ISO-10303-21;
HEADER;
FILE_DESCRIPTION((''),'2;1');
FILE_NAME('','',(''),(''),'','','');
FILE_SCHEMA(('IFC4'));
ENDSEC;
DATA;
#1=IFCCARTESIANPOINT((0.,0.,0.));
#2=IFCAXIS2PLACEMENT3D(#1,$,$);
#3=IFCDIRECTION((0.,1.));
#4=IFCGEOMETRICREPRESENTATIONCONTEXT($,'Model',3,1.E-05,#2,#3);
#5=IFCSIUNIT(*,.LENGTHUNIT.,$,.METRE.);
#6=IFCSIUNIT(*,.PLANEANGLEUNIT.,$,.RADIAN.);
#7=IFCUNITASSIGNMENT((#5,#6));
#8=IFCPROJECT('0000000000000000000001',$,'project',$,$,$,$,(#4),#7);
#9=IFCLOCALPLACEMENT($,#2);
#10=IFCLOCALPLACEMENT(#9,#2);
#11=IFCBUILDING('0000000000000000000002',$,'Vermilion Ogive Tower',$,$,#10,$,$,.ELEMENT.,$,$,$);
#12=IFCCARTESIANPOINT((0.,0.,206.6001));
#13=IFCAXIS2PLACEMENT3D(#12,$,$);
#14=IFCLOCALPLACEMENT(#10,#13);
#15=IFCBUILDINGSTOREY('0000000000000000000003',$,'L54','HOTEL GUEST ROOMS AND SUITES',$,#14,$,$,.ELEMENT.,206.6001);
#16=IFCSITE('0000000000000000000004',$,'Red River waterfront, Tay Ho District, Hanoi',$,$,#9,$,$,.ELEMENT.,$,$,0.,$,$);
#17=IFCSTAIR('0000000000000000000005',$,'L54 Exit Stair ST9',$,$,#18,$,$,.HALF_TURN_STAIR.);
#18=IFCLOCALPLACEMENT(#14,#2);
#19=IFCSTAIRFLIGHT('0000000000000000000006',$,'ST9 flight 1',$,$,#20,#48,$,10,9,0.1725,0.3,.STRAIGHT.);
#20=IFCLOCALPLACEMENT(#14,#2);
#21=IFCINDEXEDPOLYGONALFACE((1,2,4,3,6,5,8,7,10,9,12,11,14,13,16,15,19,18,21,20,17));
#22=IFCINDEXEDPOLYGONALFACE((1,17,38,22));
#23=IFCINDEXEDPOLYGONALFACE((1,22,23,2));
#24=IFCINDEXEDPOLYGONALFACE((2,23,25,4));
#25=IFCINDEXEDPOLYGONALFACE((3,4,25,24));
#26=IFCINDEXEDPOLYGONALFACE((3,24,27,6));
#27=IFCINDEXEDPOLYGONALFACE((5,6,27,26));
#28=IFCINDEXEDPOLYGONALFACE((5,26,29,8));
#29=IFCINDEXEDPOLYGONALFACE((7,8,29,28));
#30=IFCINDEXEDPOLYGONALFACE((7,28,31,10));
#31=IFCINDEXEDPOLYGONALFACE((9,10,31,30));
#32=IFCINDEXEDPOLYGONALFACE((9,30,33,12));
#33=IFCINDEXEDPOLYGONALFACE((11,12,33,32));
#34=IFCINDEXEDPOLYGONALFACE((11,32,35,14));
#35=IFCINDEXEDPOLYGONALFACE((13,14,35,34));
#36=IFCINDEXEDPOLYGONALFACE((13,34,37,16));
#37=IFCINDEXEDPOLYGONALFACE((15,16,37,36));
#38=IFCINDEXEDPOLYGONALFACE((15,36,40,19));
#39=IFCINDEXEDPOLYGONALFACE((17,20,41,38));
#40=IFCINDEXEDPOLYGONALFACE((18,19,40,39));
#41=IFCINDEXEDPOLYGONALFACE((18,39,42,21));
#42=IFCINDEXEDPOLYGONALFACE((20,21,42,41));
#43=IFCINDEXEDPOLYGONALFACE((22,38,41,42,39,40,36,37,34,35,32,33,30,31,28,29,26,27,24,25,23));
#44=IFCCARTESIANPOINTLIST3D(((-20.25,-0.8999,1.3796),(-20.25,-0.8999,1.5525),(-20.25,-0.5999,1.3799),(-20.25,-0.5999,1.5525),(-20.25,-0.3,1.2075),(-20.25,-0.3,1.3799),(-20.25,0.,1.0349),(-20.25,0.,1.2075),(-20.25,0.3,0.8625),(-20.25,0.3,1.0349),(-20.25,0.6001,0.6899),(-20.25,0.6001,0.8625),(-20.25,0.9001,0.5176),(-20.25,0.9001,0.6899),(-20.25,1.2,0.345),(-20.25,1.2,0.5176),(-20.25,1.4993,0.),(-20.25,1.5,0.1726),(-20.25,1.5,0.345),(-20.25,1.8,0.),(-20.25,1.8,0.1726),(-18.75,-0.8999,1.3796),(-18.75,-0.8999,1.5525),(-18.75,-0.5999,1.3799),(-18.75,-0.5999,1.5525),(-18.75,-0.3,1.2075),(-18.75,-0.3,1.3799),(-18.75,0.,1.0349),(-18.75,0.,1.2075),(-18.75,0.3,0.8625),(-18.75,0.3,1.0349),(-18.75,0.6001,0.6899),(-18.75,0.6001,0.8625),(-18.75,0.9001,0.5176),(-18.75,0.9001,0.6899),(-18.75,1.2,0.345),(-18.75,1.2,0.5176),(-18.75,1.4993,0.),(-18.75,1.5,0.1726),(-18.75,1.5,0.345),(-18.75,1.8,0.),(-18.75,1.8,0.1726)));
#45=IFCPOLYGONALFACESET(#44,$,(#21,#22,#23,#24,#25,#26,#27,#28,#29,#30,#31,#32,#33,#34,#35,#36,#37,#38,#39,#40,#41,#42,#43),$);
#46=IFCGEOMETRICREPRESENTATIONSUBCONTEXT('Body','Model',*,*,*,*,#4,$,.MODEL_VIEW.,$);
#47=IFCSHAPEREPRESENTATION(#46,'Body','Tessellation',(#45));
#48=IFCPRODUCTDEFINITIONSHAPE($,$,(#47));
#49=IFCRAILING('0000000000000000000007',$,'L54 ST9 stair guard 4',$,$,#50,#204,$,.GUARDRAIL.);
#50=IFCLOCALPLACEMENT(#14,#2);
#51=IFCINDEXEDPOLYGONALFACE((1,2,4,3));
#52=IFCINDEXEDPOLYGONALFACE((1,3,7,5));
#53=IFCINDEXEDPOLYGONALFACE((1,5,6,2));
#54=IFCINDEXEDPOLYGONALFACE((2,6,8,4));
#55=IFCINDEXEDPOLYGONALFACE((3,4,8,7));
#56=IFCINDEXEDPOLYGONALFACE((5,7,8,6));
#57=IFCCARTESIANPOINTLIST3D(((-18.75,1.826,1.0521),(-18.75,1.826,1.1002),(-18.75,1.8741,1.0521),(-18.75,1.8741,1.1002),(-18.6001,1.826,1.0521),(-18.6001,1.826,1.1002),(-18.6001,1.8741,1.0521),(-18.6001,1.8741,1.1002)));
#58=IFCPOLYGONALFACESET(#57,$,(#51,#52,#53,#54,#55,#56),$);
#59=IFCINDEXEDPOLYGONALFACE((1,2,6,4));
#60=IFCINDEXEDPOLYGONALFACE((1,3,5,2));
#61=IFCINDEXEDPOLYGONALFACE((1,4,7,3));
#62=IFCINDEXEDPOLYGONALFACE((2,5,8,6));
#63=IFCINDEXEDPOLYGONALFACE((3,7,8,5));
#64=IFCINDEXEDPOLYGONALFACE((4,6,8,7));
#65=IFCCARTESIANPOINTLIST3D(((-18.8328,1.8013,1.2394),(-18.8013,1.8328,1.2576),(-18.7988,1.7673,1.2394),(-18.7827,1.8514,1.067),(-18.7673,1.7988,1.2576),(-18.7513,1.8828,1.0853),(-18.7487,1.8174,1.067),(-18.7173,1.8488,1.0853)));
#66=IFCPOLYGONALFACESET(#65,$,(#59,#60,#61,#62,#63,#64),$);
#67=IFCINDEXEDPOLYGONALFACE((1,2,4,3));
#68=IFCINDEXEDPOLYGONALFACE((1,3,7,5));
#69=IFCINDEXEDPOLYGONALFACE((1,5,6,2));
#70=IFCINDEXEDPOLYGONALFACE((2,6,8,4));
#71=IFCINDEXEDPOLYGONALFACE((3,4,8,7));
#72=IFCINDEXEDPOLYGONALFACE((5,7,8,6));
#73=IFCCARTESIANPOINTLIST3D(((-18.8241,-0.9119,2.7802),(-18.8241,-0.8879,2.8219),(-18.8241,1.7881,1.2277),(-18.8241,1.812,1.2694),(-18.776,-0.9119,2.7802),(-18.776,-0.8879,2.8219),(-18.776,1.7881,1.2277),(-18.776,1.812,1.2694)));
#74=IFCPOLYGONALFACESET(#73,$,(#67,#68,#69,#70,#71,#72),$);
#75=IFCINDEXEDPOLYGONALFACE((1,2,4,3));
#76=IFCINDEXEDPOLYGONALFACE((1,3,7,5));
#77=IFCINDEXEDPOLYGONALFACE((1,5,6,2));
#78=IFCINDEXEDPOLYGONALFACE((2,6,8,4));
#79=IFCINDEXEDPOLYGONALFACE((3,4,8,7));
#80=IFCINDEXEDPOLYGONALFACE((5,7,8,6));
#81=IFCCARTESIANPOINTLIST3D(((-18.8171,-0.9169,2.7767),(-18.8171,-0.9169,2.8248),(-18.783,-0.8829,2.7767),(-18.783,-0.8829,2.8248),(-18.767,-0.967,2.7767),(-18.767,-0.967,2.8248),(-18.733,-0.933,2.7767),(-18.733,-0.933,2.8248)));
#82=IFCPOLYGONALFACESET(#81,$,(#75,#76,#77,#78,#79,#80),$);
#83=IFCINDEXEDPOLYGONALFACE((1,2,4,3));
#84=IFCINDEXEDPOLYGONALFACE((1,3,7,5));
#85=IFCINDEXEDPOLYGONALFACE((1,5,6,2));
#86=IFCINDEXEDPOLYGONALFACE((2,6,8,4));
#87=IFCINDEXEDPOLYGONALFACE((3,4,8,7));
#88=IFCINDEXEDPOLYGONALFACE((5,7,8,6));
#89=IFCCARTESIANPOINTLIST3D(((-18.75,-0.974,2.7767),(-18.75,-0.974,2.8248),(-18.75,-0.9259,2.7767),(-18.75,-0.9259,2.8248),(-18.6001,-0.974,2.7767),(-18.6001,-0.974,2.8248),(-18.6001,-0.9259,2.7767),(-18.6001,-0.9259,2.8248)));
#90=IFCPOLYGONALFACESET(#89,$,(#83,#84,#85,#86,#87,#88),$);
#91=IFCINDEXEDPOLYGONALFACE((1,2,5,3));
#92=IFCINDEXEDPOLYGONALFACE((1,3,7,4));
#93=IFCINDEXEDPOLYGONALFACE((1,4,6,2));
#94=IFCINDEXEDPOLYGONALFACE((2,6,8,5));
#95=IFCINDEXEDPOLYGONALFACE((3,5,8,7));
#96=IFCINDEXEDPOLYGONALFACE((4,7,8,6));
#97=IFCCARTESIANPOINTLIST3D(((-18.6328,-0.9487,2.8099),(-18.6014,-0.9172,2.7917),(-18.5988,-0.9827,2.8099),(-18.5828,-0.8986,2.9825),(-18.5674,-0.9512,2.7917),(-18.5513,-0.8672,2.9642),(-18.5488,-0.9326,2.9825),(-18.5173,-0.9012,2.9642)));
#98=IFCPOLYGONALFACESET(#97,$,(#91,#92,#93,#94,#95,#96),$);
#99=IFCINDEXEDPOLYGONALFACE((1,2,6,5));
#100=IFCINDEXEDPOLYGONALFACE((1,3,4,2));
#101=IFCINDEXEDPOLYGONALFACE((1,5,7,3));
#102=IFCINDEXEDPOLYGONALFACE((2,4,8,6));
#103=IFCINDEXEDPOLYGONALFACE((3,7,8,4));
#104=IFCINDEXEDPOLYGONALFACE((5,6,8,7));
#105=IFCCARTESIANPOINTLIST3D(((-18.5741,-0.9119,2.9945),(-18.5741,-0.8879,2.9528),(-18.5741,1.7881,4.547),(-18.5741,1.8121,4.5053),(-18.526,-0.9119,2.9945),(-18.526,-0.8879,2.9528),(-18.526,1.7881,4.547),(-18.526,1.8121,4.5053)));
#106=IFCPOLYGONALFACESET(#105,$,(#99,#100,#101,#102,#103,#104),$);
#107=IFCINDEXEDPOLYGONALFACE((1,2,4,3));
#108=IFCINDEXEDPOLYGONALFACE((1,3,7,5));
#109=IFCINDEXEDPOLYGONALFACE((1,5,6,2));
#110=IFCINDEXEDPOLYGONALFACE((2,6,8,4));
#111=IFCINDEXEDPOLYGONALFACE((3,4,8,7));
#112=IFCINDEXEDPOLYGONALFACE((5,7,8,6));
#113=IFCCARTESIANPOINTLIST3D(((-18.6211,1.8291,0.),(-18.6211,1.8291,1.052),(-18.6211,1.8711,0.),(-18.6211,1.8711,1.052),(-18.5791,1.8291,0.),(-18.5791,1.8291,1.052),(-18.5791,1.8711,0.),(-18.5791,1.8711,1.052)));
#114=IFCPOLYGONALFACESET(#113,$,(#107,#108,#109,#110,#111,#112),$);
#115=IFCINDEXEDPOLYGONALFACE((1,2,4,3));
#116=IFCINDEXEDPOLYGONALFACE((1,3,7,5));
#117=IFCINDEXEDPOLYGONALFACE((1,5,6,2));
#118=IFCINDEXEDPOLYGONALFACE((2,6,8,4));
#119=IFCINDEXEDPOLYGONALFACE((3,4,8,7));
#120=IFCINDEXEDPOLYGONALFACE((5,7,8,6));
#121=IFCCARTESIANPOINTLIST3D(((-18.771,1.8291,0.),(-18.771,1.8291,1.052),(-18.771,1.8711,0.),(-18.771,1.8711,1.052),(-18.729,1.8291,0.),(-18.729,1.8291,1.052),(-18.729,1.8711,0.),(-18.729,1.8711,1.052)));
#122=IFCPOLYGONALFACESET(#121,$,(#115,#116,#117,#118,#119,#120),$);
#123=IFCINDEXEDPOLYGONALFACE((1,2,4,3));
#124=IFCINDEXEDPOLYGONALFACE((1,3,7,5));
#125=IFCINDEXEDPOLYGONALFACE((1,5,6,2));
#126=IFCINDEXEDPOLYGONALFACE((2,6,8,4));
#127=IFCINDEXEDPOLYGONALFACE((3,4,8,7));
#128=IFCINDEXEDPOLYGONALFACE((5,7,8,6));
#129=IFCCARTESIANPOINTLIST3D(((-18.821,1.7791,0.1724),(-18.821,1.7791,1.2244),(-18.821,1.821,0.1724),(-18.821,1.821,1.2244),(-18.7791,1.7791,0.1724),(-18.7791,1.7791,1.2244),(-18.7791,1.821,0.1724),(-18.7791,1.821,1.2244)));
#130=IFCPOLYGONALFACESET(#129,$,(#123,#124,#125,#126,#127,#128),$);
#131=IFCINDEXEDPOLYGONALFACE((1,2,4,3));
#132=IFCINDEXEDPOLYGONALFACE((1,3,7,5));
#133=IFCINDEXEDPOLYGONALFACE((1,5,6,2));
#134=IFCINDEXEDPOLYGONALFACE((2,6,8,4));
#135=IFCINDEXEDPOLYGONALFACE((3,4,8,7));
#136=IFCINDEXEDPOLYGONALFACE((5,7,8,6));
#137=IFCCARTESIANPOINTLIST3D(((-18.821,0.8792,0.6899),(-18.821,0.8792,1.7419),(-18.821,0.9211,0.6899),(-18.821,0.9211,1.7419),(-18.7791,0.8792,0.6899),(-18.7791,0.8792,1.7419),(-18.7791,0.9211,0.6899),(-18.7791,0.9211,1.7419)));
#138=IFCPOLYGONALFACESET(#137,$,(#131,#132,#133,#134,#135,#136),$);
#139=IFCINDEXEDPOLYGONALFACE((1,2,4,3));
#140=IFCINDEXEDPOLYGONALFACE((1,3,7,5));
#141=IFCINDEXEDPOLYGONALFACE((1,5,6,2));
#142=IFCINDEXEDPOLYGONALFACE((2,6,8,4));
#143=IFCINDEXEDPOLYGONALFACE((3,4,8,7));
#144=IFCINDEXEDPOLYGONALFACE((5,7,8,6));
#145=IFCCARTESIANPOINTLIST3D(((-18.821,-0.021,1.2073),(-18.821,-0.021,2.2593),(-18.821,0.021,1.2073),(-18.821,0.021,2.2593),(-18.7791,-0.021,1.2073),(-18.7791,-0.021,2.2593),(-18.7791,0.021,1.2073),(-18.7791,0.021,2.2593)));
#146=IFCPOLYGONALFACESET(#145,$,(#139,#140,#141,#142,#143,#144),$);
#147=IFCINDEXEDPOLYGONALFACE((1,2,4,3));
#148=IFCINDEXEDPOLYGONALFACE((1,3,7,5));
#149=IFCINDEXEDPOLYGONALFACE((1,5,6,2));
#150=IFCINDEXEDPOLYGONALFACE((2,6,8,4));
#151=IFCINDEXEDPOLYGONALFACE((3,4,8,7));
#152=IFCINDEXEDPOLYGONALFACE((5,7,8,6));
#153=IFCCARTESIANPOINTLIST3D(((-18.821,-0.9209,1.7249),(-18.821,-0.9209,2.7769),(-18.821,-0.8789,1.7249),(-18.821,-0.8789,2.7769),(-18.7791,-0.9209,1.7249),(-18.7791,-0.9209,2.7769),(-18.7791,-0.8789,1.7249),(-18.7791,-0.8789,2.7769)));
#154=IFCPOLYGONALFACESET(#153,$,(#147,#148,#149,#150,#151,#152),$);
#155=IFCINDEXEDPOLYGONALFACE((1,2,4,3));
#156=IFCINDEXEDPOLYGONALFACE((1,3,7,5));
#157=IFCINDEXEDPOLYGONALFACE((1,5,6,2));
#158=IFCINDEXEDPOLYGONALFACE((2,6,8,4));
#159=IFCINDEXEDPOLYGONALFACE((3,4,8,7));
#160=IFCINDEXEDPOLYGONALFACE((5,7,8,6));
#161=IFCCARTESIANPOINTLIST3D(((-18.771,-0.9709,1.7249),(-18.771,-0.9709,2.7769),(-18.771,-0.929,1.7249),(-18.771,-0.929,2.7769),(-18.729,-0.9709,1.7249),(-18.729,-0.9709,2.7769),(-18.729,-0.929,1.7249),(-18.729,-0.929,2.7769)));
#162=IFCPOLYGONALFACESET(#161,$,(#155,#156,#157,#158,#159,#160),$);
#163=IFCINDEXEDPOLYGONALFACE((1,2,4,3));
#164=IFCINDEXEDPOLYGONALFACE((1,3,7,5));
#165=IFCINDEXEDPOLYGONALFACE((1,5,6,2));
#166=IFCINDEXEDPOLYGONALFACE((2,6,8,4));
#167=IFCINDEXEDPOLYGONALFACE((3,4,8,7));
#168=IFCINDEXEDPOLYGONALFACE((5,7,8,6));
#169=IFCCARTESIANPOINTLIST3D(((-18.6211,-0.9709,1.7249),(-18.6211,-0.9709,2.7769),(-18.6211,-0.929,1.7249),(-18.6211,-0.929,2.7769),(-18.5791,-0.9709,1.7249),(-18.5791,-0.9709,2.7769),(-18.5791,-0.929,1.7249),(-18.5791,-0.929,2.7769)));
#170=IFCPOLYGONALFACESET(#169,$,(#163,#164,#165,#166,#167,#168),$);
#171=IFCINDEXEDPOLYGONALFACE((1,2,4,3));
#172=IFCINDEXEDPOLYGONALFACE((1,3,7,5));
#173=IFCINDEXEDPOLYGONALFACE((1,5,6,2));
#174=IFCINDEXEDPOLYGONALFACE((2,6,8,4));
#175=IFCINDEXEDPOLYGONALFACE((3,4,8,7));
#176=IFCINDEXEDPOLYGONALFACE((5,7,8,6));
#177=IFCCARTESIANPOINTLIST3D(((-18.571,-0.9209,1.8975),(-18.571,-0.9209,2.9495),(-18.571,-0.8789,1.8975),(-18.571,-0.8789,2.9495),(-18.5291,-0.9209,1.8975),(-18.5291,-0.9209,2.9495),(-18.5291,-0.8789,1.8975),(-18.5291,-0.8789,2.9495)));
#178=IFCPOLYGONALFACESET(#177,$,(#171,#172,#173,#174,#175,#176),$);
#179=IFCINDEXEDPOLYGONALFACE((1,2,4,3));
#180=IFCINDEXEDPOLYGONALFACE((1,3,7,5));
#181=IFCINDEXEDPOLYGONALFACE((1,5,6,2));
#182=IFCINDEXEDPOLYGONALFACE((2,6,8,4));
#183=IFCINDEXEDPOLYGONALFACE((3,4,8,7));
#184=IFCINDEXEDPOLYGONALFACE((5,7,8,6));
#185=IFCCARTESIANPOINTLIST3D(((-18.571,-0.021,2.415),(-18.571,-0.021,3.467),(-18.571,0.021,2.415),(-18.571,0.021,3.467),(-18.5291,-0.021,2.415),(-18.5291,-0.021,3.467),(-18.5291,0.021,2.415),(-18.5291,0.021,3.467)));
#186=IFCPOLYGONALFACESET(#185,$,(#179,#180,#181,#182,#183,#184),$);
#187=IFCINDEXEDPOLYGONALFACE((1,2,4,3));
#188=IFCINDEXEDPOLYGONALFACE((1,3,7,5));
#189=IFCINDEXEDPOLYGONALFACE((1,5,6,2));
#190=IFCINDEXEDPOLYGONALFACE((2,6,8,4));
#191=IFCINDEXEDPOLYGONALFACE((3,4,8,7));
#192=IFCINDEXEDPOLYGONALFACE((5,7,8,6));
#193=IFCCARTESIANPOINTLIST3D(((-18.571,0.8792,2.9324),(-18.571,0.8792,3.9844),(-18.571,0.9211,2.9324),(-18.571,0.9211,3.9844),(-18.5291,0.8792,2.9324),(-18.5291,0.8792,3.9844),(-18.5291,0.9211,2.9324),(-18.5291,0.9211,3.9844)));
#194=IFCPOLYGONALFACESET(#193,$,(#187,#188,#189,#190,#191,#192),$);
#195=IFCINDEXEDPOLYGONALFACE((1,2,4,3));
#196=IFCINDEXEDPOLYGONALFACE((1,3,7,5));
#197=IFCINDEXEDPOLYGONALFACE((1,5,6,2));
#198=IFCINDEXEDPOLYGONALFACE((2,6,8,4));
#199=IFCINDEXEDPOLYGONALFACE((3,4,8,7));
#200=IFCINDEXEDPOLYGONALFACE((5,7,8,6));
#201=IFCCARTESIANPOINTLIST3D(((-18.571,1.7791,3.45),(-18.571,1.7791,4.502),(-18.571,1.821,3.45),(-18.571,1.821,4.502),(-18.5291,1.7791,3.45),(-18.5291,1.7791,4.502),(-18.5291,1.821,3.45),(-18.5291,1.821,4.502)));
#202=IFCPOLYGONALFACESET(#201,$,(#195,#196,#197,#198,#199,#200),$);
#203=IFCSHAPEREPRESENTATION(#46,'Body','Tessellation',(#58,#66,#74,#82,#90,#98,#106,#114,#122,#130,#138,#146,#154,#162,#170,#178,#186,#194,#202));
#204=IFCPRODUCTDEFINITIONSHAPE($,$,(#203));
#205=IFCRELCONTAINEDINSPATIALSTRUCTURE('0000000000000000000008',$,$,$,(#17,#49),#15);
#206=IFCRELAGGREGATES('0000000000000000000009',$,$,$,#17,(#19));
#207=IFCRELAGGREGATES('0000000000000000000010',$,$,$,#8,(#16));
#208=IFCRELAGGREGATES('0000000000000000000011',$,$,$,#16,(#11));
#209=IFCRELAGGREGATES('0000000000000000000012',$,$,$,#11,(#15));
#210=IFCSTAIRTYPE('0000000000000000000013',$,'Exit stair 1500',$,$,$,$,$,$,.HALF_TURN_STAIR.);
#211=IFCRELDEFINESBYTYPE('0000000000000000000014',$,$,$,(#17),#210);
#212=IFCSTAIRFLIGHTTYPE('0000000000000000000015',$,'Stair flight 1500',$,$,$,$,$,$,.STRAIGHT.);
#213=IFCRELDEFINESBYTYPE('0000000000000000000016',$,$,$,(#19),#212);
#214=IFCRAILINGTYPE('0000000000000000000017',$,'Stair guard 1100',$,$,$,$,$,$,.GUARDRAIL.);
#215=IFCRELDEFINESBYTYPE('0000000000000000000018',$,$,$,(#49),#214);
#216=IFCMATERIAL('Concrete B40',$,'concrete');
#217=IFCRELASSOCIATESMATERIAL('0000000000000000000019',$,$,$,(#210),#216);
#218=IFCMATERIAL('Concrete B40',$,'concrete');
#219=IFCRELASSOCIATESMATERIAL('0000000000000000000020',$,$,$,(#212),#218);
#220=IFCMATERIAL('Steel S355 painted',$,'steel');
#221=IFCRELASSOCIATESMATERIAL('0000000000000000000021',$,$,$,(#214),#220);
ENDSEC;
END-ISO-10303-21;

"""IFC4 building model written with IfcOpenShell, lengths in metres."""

from ifc_helpers import new_model, si_unit, direction, frame, origin, origin_2d, place, context, subcontext, project, spatial, polyline, rectangle, outline, extrude, material, type_object, element, aggregate, save


model = new_model("IFC4")

# Units and contexts
model_context = context("Model", 3, precision=1e-05, world=origin(), true_north=direction((0.0, 1.0)))
body_context = subcontext(model_context, "Body", "Model", "MODEL_VIEW")
ifc_project = project(units=[si_unit("LENGTHUNIT", "METRE"), si_unit("PLANEANGLEUNIT", "RADIAN")], contexts=[model_context])

# Site, building, storey
site_placement = place(None, origin())
site = spatial("IfcSite", under=ifc_project, at=site_placement, Name="Red River waterfront, Tay Ho District, Hanoi", CompositionType="ELEMENT", RefElevation=0.0)
building_placement = place(site_placement, origin())
building = spatial("IfcBuilding", under=site, at=building_placement, Name="Vermilion Ogive Tower", CompositionType="ELEMENT")
storey_placement = place(building_placement, frame((0.0, 0.0, 206.6001)))
storey = spatial("IfcBuildingStorey", under=building, at=storey_placement, Name="L54", Description="HOTEL GUEST ROOMS AND SUITES", CompositionType="ELEMENT", Elevation=206.6001)

# Stair, stair flight
ifc_material_1 = material(Name="Concrete B40", Category="concrete")
stair_type = type_object("IfcStairType", Name="Exit stair 1500", PredefinedType="HALF_TURN_STAIR", material=ifc_material_1)
stair_placement = place(storey_placement, origin())
stair = element("IfcStair", 1, at=stair_placement, inside=storey, type_object=stair_type, Name="L54 Exit Stair ST9", PredefinedType="HALF_TURN_STAIR")
ifc_material_2 = material(Name="Concrete B40", Category="concrete")
stair_flight_type = type_object("IfcStairFlightType", Name="Stair flight 1500", PredefinedType="STRAIGHT", material=ifc_material_2)
stair_flight_placement = place(storey_placement, frame((-19.5, 1.8, 0.0), z_axis=(0.0, 0.0, 1.0), x_axis=(0.0, -1.0, 0.0)))
stair_flight = element("IfcStairFlight", 2, at=stair_flight_placement, type_object=stair_flight_type, Name="ST9 flight 1", NumberOfRisers=10, NumberOfTreads=9, PredefinedType="STRAIGHT", RiserHeight=0.1725, TreadLength=0.3, context=body_context, shape_type="SweptSolid", body=[
    extrude(outline(polyline([(0.0, 0.0), (0.0, 0.1726), (0.3, 0.1726), (0.3, 0.345), (0.6001, 0.345), (0.6001, 0.5176), (0.8999, 0.5176), (0.8999, 0.6899), (1.2, 0.6899), (1.2, 0.8625), (1.5, 0.8625), (1.5, 1.0349), (1.8, 1.0349), (1.8, 1.2075), (2.1001, 1.2075), (2.1001, 1.3799), (2.3999, 1.3799), (2.3999, 1.5525), (2.7, 1.5525), (2.7, 1.7251), (2.7, 1.3796), (0.3008, 0.0), (0.0, 0.0)])), frame((0.0, 0.75, 0.0), z_axis=(0.0, -1.0, 0.0), x_axis=(1.0, 0.0, 0.0)), (0.0, 0.0, 1.0), 1.5),
])
aggregate(stair, [stair_flight])

# Railing
ifc_material_3 = material(Name="Steel S355 painted", Category="steel")
railing_type_1 = type_object("IfcRailingType", Name="Stair guard 1100", PredefinedType="GUARDRAIL", material=ifc_material_3)
railing_1_placement = place(storey_placement, frame((-18.6001, 1.8501, 0.0)))
element("IfcRailing", 3, at=railing_1_placement, inside=storey, type_object=railing_type_1, Name="L54 ST9 stair guard 4", PredefinedType="GUARDRAIL", context=body_context, shape_type="SweptSolid", body=[
    extrude(rectangle(XDim=0.0481, YDim=0.0481, at=origin_2d()), frame((0.0, 0.0, 1.0762), z_axis=(-1.0, 0.0, 0.0), x_axis=(0.0, -1.0, 0.0)), (0.0, 0.0, 1.0), 0.1499),
    extrude(rectangle(XDim=0.0481, YDim=0.0481, at=origin_2d()), frame((-0.1499, 0.0, 1.0762), z_axis=(-0.268603, -0.268603, 0.925043), x_axis=(0.707107, -0.707107, 0.0)), (0.0, 0.0, 1.0), 0.1863),
    extrude(rectangle(XDim=0.0481, YDim=0.0481, at=origin_2d()), frame((-0.2, -0.05, 1.2485), z_axis=(0.0, -0.866904, 0.498476), x_axis=(1.0, 0.0, 0.0)), (0.0, 0.0, 1.0), 3.1145),
    extrude(rectangle(XDim=0.0481, YDim=0.0481, at=origin_2d()), frame((-0.2, -2.75, 2.8008), z_axis=(0.707107, -0.707107, 0.0), x_axis=(0.707107, 0.707107, 0.0)), (0.0, 0.0, 1.0), 0.0708),
    extrude(rectangle(XDim=0.0481, YDim=0.0481, at=origin_2d()), frame((-0.1499, -2.8, 2.8008), z_axis=(1.0, 0.0, 0.0), x_axis=(0.0, 1.0, 0.0)), (0.0, 0.0, 1.0), 0.1499),
    extrude(rectangle(XDim=0.0481, YDim=0.0481, at=origin_2d()), frame((0.0, -2.8, 2.8008), z_axis=(0.268278, 0.268278, 0.925232), x_axis=(-0.707107, 0.707107, 0.0)), (0.0, 0.0, 1.0), 0.1865),
    extrude(rectangle(XDim=0.0481, YDim=0.0481, at=origin_2d()), frame((0.05, -2.75, 2.9736), z_axis=(0.0, 0.866904, 0.498476), x_axis=(-1.0, 0.0, 0.0)), (0.0, 0.0, 1.0), 3.1145),
    extrude(rectangle(XDim=0.042, YDim=0.042, at=origin_2d()), origin(), (0.0, 0.0, 1.0), 1.052),
    extrude(rectangle(XDim=0.042, YDim=0.042, at=origin_2d()), frame((-0.1499, 0.0, 0.0)), (0.0, 0.0, 1.0), 1.052),
    extrude(rectangle(XDim=0.042, YDim=0.042, at=origin_2d()), frame((-0.2, -0.05, 0.1724)), (0.0, 0.0, 1.0), 1.052),
    extrude(rectangle(XDim=0.042, YDim=0.042, at=origin_2d()), frame((-0.2, -0.95, 0.6899)), (0.0, 0.0, 1.0), 1.052),
    extrude(rectangle(XDim=0.042, YDim=0.042, at=origin_2d()), frame((-0.2, -1.8501, 1.2073)), (0.0, 0.0, 1.0), 1.052),
    extrude(rectangle(XDim=0.042, YDim=0.042, at=origin_2d()), frame((-0.2, -2.75, 1.7249)), (0.0, 0.0, 1.0), 1.052),
    extrude(rectangle(XDim=0.042, YDim=0.042, at=origin_2d()), frame((-0.1499, -2.8, 1.7249)), (0.0, 0.0, 1.0), 1.052),
    extrude(rectangle(XDim=0.042, YDim=0.042, at=origin_2d()), frame((0.0, -2.8, 1.7249)), (0.0, 0.0, 1.0), 1.052),
    extrude(rectangle(XDim=0.042, YDim=0.042, at=origin_2d()), frame((0.05, -2.75, 1.8975)), (0.0, 0.0, 1.0), 1.052),
    extrude(rectangle(XDim=0.042, YDim=0.042, at=origin_2d()), frame((0.05, -1.8501, 2.415)), (0.0, 0.0, 1.0), 1.052),
    extrude(rectangle(XDim=0.042, YDim=0.042, at=origin_2d()), frame((0.05, -0.95, 2.9324)), (0.0, 0.0, 1.0), 1.052),
    extrude(rectangle(XDim=0.042, YDim=0.042, at=origin_2d()), frame((0.05, -0.05, 3.45)), (0.0, 0.0, 1.0), 1.052),
])

save(model, "model.ifc")
